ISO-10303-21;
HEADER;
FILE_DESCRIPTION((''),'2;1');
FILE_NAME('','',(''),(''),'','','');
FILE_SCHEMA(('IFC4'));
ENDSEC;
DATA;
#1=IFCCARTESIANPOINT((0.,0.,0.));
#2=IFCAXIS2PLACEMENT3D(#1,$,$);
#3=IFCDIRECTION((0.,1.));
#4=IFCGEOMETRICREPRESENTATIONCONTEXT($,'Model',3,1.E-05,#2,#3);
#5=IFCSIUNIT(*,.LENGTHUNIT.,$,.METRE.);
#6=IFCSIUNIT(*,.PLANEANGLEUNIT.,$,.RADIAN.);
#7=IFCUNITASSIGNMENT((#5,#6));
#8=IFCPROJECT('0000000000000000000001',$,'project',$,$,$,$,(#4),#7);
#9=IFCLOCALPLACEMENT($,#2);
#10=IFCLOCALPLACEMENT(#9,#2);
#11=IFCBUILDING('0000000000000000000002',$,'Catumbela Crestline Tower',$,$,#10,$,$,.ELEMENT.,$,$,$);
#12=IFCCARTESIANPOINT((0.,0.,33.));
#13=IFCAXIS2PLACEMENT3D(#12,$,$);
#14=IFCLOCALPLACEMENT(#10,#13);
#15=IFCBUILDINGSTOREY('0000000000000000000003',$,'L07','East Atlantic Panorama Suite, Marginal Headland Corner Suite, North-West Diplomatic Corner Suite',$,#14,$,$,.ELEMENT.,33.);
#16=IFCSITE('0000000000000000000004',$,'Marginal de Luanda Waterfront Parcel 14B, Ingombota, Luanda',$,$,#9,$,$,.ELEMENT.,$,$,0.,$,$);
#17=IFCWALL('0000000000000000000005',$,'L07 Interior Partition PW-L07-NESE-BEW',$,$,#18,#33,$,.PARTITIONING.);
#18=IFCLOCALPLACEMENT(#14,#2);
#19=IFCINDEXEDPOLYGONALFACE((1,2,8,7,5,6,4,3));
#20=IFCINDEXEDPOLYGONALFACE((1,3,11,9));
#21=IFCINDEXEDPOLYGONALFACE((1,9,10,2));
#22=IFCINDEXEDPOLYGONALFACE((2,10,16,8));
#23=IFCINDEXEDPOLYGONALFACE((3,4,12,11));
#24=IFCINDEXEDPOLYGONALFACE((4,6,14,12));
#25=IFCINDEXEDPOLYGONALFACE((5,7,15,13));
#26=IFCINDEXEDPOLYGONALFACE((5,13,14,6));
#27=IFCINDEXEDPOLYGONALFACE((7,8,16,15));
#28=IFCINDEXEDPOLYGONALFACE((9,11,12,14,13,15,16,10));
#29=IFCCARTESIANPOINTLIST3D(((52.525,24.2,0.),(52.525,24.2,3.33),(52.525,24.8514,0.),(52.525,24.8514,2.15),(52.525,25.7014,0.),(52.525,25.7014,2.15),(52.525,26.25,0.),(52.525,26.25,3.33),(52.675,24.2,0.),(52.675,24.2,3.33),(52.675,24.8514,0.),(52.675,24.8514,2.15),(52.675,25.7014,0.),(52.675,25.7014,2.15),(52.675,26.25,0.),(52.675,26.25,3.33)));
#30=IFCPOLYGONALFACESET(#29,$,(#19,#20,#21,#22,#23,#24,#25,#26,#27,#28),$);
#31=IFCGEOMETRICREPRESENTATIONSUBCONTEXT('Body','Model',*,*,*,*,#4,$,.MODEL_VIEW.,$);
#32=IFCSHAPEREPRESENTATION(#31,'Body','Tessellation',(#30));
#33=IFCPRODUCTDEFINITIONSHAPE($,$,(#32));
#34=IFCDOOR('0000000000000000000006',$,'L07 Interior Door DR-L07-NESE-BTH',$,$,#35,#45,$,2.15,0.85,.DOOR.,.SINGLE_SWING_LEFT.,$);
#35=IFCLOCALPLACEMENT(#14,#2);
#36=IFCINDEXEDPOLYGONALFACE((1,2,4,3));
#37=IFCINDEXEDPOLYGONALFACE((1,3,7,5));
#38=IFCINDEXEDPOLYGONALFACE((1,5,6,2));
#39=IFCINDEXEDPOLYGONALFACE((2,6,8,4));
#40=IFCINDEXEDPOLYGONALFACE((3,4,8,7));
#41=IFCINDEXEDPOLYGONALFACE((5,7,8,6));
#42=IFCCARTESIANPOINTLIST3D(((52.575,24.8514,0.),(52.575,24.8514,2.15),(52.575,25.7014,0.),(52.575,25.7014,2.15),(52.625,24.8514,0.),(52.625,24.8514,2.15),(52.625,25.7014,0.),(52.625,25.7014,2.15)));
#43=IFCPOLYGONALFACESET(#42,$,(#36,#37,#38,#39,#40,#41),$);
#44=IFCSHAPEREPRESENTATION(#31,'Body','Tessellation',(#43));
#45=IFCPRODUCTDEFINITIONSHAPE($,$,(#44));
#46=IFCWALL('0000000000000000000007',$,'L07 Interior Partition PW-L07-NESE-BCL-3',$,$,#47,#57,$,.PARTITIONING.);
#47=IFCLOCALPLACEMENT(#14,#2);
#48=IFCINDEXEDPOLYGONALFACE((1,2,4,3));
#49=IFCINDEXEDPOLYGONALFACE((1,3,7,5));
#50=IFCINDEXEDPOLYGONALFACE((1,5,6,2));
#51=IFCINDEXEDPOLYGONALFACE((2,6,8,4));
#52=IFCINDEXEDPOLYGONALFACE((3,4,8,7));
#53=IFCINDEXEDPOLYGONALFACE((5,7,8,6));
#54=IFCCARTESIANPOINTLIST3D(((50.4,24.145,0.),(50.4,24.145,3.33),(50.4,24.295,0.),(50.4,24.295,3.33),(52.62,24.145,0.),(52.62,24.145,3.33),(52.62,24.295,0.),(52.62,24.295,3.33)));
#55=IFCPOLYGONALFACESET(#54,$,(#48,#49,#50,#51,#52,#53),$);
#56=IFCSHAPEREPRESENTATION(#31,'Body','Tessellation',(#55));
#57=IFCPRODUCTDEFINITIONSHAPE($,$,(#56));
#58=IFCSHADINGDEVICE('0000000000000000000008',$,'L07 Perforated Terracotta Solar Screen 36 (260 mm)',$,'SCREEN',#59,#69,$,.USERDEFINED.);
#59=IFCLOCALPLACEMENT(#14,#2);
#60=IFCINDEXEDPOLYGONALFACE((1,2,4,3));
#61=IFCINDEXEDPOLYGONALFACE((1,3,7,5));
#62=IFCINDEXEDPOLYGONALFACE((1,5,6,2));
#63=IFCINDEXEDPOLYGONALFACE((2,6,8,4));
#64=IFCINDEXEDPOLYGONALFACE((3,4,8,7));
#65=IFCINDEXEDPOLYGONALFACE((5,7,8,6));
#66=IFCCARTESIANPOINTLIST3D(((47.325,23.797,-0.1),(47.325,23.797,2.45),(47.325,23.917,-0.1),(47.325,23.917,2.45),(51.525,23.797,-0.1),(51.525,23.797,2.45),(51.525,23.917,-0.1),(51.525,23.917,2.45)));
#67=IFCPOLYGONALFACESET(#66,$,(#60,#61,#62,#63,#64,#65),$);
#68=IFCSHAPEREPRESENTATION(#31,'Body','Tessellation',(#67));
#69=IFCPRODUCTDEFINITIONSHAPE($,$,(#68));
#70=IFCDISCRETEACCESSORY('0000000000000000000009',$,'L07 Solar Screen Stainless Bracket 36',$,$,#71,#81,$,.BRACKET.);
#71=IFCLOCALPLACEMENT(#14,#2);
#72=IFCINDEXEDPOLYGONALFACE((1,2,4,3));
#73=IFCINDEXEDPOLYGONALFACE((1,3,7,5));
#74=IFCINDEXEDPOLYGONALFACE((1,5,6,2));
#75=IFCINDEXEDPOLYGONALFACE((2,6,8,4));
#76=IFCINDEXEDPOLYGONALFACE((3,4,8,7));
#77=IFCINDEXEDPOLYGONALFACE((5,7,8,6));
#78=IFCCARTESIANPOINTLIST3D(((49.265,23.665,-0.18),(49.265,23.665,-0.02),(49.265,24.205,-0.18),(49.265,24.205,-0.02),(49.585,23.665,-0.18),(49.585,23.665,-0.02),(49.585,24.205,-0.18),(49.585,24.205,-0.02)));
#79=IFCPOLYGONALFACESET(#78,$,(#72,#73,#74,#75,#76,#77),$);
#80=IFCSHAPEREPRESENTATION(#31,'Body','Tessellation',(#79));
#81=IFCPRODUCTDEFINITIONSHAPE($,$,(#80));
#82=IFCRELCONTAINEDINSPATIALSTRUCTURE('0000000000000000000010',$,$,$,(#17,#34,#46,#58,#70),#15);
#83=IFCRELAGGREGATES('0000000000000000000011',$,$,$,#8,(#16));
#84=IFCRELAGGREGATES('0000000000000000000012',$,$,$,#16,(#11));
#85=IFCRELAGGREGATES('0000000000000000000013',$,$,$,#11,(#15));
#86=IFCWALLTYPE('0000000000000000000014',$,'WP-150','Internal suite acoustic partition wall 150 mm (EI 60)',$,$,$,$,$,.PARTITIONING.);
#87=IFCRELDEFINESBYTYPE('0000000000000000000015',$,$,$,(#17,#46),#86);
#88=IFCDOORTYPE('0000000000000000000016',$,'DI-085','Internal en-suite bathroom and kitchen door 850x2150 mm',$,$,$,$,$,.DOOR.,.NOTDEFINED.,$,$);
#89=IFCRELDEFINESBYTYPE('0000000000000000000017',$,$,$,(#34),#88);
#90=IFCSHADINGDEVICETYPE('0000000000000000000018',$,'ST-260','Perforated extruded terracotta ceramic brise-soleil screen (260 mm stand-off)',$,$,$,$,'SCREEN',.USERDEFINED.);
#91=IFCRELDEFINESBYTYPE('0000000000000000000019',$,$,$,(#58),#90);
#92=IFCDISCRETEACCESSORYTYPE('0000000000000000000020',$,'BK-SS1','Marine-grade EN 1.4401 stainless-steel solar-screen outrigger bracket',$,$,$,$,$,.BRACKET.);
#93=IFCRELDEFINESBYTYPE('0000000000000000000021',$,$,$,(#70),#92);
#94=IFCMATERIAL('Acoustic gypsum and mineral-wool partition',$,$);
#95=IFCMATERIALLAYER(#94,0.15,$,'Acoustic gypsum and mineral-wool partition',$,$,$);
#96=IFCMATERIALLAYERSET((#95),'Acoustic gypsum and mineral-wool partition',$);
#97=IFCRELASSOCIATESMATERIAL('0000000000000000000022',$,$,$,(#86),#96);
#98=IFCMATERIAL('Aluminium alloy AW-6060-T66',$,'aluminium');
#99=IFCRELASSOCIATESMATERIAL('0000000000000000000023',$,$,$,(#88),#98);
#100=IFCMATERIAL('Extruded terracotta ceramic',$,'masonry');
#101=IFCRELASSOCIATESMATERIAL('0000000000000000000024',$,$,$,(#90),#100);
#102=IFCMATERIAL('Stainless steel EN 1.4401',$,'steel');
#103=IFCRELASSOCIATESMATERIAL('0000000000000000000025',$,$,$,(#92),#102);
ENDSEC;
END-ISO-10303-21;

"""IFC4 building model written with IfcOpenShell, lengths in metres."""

from ifc_helpers import new_model, si_unit, direction, frame, frame_2d, origin, origin_2d, place, context, subcontext, project, spatial, rectangle, extrude, material, layer, layer_set, type_object, element, fill, save


model = new_model("IFC4")

# Units and contexts
model_context = context("Model", 3, precision=1e-05, world=origin(), true_north=direction((0.0, 1.0)))
body_context = subcontext(model_context, "Body", "Model", "MODEL_VIEW")
ifc_project = project(units=[si_unit("LENGTHUNIT", "METRE"), si_unit("PLANEANGLEUNIT", "RADIAN")], contexts=[model_context])

# Site, building, storey
site_placement = place(None, origin())
site = spatial("IfcSite", under=ifc_project, at=site_placement, Name="Marginal de Luanda Waterfront Parcel 14B, Ingombota, Luanda", CompositionType="ELEMENT", RefElevation=0.0)
building_placement = place(site_placement, origin())
building = spatial("IfcBuilding", under=site, at=building_placement, Name="Catumbela Crestline Tower", CompositionType="ELEMENT")
storey_placement = place(building_placement, frame((0.0, 0.0, 33.0)))
storey = spatial("IfcBuildingStorey", under=building, at=storey_placement, Name="L07", Description="East Atlantic Panorama Suite, Marginal Headland Corner Suite, North-West Diplomatic Corner Suite", CompositionType="ELEMENT", Elevation=33.0)

# Shared definitions
ifc_material_1 = material(Name="Aluminium alloy AW-6060-T66", Category="aluminium")

# Shared definitions
ifc_material_2 = material(Name="Acoustic gypsum and mineral-wool partition")

# Shared definitions
ifc_layer_1 = layer(ifc_material_2, 0.15, Name="Acoustic gypsum and mineral-wool partition")
ifc_layer_set_1 = layer_set([ifc_layer_1], Name="Acoustic gypsum and mineral-wool partition")
wall_type_1 = type_object("IfcWallType", Name="WP-150", Description="Internal suite acoustic partition wall 150 mm (EI 60)", PredefinedType="PARTITIONING", material=ifc_layer_set_1)

# Shared definitions
door_type_1 = type_object("IfcDoorType", Name="DI-085", Description="Internal en-suite bathroom and kitchen door 850x2150 mm", OperationType="NOTDEFINED", PredefinedType="DOOR", material=ifc_material_1)

# Wall, opening, door
wall_1_placement = place(storey_placement, frame((52.6, 24.2, 0.0), z_axis=(0.0, 0.0, 1.0), x_axis=(0.0, 1.0, 0.0)))
wall_1 = element("IfcWall", 1, at=wall_1_placement, inside=storey, type_object=wall_type_1, Name="L07 Interior Partition PW-L07-NESE-BEW", PredefinedType="PARTITIONING", context=body_context, shape_type="SweptSolid", body=[
    extrude(rectangle(XDim=2.05, YDim=0.15, at=frame_2d((1.025, 0.0))), origin(), (0.0, 0.0, 1.0), 3.33),
])
opening_1_placement = place(wall_1_placement, frame((0.6514, 0.0, 0.0)))
opening_1 = element("IfcOpeningElement", 2, at=opening_1_placement, cuts=wall_1, PredefinedType="OPENING", context=body_context, shape_type="SweptSolid", body=[
    extrude(rectangle(XDim=0.85, YDim=2.15, at=frame_2d((0.425, 1.075))), frame((0.0, 0.085, 0.0), z_axis=(0.0, -1.0, 0.0), x_axis=(1.0, 0.0, 0.0)), (0.0, 0.0, 1.0), 0.17),
])
door_1_placement = place(opening_1_placement, origin())
door_1 = element("IfcDoor", 3, at=door_1_placement, inside=storey, type_object=door_type_1, Name="L07 Interior Door DR-L07-NESE-BTH", OperationType="SINGLE_SWING_LEFT", OverallHeight=2.15, OverallWidth=0.85, PredefinedType="DOOR", context=body_context, shape_type="SweptSolid", body=[
    extrude(rectangle(XDim=0.85, YDim=2.15, at=frame_2d((0.425, 1.075))), frame((0.0, 0.025, 0.0), z_axis=(0.0, -1.0, 0.0), x_axis=(1.0, 0.0, 0.0)), (0.0, 0.0, 1.0), 0.05),
])
fill(opening_1, door_1)

# Wall
wall_2_placement = place(storey_placement, frame((52.62, 24.22, 0.0), z_axis=(0.0, 0.0, 1.0), x_axis=(-1.0, 0.0, 0.0)))
element("IfcWall", 4, at=wall_2_placement, inside=storey, type_object=wall_type_1, Name="L07 Interior Partition PW-L07-NESE-BCL-3", PredefinedType="PARTITIONING", context=body_context, shape_type="SweptSolid", body=[
    extrude(rectangle(XDim=2.22, YDim=0.15, at=frame_2d((1.11, 0.0))), origin(), (0.0, 0.0, 1.0), 3.33),
])

# Shading device
ifc_material_3 = material(Name="Extruded terracotta ceramic", Category="masonry")
shading_device_type = type_object("IfcShadingDeviceType", Name="ST-260", Description="Perforated extruded terracotta ceramic brise-soleil screen (260 mm stand-off)", ElementType="SCREEN", PredefinedType="USERDEFINED", material=ifc_material_3)
shading_device_placement = place(storey_placement, frame((49.425, 23.857, -0.1), z_axis=(0.0, 0.0, 1.0), x_axis=(1.0, 0.0, 0.0)))
element("IfcShadingDevice", 5, at=shading_device_placement, inside=storey, type_object=shading_device_type, Name="L07 Perforated Terracotta Solar Screen 36 (260 mm)", ObjectType="SCREEN", PredefinedType="USERDEFINED", context=body_context, shape_type="SweptSolid", body=[
    extrude(rectangle(XDim=4.2, YDim=0.12, at=origin_2d()), origin(), (0.0, 0.0, 1.0), 2.55),
])

# Discrete accessory
ifc_material_4 = material(Name="Stainless steel EN 1.4401", Category="steel")
discrete_accessory_type = type_object("IfcDiscreteAccessoryType", Name="BK-SS1", Description="Marine-grade EN 1.4401 stainless-steel solar-screen outrigger bracket", PredefinedType="BRACKET", material=ifc_material_4)
discrete_accessory_placement = place(storey_placement, frame((49.425, 23.935, -0.18), z_axis=(0.0, 0.0, 1.0), x_axis=(1.0, 0.0, 0.0)))
element("IfcDiscreteAccessory", 6, at=discrete_accessory_placement, inside=storey, type_object=discrete_accessory_type, Name="L07 Solar Screen Stainless Bracket 36", PredefinedType="BRACKET", context=body_context, shape_type="SweptSolid", body=[
    extrude(rectangle(XDim=0.32, YDim=0.54, at=origin_2d()), origin(), (0.0, 0.0, 1.0), 0.16),
])

save(model, "model.ifc")
